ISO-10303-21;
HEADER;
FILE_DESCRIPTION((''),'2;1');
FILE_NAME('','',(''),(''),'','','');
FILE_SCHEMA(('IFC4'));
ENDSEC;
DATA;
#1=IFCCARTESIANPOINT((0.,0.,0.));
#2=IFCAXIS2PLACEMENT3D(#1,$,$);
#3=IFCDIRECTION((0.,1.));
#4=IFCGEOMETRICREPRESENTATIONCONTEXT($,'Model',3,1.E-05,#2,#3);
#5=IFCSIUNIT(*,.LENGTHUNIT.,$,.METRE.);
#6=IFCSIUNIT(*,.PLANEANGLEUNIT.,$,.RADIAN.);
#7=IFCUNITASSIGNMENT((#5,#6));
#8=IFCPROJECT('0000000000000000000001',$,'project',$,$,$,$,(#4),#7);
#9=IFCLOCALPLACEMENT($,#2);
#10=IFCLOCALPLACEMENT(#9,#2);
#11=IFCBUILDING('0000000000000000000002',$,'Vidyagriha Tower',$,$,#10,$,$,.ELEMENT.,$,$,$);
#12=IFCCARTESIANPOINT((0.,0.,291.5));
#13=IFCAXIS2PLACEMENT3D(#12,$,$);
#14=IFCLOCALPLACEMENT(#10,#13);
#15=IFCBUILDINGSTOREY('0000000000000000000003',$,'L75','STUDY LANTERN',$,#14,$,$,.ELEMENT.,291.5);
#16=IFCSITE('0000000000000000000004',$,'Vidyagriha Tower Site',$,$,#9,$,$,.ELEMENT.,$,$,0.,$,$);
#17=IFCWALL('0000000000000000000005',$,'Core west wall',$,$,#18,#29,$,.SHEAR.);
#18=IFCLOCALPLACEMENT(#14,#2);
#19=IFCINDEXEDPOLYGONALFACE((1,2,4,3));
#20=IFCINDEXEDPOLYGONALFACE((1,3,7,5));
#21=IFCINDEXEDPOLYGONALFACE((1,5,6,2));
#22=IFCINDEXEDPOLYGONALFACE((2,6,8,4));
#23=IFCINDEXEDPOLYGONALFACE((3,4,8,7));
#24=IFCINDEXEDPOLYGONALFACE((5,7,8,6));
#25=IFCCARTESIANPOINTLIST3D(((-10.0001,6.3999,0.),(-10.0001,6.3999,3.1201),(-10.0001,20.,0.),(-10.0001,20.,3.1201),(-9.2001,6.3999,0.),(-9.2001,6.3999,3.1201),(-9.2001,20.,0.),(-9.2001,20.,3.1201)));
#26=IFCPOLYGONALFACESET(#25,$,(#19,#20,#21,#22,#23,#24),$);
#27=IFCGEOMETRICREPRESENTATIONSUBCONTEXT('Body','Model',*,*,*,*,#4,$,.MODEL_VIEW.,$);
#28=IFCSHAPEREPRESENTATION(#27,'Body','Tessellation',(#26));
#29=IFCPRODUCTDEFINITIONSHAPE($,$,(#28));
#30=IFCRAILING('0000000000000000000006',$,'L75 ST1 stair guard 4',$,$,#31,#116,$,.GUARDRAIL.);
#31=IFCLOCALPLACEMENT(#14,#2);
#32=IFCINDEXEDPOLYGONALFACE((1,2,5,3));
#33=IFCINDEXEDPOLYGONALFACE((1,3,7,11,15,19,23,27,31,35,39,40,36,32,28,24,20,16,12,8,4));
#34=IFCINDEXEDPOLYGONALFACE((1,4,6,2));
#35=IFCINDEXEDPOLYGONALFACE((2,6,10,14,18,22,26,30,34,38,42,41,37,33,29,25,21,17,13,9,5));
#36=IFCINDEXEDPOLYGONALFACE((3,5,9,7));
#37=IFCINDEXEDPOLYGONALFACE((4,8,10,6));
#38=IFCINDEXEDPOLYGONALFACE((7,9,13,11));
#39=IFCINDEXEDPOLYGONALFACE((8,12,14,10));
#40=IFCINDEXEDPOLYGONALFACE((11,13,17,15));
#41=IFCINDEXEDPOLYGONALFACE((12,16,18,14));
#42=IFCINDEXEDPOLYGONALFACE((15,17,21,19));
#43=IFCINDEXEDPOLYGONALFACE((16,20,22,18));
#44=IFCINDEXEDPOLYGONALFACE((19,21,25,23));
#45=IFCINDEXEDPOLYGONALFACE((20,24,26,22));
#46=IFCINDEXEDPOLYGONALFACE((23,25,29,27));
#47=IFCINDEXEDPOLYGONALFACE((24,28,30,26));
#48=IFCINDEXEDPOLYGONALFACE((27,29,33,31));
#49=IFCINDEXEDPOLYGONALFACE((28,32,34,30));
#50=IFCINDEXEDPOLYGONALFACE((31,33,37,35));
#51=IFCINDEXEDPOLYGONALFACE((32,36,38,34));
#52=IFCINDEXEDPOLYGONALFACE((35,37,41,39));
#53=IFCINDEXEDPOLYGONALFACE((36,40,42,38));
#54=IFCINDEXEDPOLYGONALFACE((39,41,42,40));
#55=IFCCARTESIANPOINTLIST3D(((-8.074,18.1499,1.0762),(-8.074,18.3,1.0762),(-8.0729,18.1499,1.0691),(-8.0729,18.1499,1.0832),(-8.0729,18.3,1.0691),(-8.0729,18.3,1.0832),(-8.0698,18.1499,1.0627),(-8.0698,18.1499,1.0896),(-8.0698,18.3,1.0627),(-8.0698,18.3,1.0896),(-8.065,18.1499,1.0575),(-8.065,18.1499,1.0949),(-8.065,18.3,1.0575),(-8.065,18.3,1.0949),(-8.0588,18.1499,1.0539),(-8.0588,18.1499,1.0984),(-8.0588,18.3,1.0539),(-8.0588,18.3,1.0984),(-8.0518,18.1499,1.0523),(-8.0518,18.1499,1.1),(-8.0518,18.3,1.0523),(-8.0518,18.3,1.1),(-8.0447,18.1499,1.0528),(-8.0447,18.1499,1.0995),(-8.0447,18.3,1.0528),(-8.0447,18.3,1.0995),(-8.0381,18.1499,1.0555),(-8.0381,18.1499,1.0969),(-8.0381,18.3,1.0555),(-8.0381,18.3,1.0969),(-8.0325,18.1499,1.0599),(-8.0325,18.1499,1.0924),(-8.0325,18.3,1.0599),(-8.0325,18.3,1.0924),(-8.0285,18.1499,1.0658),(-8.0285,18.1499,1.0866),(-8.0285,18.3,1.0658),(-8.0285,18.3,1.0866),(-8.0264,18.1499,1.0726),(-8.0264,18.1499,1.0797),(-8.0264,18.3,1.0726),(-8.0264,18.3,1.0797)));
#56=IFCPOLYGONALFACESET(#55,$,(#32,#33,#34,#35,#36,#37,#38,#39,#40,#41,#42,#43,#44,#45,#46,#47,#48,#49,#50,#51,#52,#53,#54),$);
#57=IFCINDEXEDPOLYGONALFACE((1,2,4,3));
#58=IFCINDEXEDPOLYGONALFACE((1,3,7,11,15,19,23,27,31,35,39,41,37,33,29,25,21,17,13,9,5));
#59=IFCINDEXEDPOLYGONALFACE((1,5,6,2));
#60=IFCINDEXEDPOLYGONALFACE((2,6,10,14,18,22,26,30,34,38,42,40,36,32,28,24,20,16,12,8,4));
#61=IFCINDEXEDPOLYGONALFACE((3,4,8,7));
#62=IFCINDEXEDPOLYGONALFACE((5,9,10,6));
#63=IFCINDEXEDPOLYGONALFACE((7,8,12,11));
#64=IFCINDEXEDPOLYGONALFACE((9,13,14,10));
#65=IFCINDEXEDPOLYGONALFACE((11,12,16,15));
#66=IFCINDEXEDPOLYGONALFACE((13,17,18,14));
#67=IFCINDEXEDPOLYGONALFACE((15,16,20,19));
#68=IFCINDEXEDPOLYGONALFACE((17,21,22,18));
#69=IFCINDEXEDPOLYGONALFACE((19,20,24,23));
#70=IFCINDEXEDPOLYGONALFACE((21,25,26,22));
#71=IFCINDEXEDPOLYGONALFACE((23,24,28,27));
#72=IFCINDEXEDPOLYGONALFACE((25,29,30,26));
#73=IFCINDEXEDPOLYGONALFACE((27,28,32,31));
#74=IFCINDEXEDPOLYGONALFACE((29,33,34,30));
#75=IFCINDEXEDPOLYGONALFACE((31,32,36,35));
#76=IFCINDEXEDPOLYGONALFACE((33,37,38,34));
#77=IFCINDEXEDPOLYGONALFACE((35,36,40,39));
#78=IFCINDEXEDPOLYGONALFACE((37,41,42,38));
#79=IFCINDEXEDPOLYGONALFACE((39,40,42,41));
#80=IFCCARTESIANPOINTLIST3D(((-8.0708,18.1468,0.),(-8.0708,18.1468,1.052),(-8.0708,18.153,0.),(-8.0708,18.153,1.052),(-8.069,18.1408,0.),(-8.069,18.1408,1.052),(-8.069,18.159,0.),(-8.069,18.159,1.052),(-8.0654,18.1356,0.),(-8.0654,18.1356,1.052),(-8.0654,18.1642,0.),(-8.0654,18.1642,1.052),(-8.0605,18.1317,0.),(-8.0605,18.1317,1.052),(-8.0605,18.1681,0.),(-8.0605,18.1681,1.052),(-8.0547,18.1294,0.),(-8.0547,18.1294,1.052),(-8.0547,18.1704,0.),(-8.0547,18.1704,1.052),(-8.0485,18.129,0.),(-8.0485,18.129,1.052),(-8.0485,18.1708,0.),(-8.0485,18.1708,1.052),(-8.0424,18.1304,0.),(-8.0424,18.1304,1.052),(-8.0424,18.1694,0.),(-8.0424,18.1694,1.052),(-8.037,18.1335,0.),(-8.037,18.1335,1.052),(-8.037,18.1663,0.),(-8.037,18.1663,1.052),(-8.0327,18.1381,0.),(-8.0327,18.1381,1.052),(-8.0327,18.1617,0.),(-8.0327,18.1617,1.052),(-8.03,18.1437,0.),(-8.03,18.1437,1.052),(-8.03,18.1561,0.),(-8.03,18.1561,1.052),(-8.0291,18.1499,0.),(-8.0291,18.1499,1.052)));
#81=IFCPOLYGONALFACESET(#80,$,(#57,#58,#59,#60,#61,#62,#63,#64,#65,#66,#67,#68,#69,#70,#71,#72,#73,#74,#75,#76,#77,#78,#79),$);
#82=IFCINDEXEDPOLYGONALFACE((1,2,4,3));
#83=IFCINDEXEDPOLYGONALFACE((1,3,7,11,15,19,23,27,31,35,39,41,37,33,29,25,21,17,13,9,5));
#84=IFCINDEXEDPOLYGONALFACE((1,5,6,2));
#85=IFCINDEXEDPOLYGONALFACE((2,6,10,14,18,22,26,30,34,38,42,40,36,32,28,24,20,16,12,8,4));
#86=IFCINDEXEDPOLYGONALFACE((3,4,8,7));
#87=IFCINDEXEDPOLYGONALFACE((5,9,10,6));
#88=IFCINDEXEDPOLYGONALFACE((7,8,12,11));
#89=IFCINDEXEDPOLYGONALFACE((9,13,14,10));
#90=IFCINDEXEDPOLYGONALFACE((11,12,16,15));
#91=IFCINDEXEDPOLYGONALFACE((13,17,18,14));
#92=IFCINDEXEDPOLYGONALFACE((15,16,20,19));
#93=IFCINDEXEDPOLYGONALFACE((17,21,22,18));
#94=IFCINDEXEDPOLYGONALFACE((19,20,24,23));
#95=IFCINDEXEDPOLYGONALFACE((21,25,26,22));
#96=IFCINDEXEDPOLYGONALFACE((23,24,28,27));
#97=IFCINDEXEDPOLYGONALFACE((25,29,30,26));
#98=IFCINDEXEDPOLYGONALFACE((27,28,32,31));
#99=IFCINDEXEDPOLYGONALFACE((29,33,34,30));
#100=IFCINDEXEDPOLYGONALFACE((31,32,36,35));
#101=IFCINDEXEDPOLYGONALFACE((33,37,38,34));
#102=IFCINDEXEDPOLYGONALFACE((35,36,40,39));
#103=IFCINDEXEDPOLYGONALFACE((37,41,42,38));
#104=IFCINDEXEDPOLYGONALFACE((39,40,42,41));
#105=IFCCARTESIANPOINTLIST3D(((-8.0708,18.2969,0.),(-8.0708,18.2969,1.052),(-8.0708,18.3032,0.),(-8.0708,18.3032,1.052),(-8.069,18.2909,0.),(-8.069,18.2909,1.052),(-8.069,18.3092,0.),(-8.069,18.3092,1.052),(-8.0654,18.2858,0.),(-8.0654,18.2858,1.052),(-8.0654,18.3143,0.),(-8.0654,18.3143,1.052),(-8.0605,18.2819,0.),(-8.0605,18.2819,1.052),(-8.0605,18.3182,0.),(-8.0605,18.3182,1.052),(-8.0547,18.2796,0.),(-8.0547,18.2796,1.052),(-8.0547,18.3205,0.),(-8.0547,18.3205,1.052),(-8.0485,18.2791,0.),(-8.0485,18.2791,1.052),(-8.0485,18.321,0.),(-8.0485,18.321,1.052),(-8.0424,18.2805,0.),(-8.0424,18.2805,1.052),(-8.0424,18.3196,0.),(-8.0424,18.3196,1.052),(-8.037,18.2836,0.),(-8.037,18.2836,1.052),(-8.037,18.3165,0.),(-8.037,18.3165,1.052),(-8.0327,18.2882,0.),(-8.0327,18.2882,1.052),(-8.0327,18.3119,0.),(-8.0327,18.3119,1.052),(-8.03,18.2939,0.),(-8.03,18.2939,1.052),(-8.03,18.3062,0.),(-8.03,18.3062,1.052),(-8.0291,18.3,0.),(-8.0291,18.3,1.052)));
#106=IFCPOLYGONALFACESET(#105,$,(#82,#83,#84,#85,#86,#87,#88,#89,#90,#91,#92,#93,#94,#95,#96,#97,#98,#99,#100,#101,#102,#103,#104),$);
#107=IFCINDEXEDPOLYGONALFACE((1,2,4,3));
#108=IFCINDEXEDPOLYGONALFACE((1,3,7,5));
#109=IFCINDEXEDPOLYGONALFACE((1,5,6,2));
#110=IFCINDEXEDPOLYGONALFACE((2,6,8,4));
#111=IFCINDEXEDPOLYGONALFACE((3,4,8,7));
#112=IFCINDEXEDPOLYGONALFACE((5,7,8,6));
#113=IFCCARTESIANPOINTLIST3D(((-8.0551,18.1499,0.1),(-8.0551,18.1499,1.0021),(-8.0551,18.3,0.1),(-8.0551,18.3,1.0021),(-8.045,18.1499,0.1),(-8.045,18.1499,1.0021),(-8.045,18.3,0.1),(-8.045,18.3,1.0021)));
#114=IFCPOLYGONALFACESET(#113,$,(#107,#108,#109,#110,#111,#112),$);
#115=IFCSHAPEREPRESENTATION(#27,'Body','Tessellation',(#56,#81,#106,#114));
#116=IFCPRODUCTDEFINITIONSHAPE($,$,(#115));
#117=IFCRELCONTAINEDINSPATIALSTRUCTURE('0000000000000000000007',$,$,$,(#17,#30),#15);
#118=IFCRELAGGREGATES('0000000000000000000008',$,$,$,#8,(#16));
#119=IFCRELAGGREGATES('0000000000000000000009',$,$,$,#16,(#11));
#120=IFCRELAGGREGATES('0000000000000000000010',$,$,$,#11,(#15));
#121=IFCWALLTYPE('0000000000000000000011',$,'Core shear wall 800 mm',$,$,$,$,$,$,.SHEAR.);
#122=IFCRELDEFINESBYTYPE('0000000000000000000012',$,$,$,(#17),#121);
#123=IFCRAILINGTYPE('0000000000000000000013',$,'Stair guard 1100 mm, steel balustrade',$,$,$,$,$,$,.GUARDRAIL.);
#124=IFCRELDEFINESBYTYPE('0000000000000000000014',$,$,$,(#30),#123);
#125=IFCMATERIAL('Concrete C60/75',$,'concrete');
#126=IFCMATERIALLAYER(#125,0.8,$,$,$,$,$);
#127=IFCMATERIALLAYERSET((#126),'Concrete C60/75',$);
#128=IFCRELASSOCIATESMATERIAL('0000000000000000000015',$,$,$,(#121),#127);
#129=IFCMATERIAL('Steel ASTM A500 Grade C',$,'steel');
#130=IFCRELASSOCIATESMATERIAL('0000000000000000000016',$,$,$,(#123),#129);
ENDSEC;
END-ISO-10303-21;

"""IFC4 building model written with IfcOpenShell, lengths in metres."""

from ifc_helpers import new_model, si_unit, direction, frame, frame_2d, origin, origin_2d, place, context, subcontext, project, spatial, rectangle, circle, extrude, material, layer, layer_set, type_object, element, save


model = new_model("IFC4")

# Units and contexts
model_context = context("Model", 3, precision=1e-05, world=origin(), true_north=direction((0.0, 1.0)))
body_context = subcontext(model_context, "Body", "Model", "MODEL_VIEW")
ifc_project = project(units=[si_unit("LENGTHUNIT", "METRE"), si_unit("PLANEANGLEUNIT", "RADIAN")], contexts=[model_context])

# Site, building, storey
site_placement = place(None, origin())
site = spatial("IfcSite", under=ifc_project, at=site_placement, Name="Vidyagriha Tower Site", CompositionType="ELEMENT", RefElevation=0.0)
building_placement = place(site_placement, origin())
building = spatial("IfcBuilding", under=site, at=building_placement, Name="Vidyagriha Tower", CompositionType="ELEMENT")
storey_placement = place(building_placement, frame((0.0, 0.0, 291.5)))
storey = spatial("IfcBuildingStorey", under=building, at=storey_placement, Name="L75", Description="STUDY LANTERN", CompositionType="ELEMENT", Elevation=291.5)

# Wall
ifc_material_1 = material(Name="Concrete C60/75", Category="concrete")
ifc_layer_1 = layer(ifc_material_1, 0.8)
ifc_layer_set_1 = layer_set([ifc_layer_1], Name="Concrete C60/75")
wall_type_1 = type_object("IfcWallType", Name="Core shear wall 800 mm", PredefinedType="SHEAR", material=ifc_layer_set_1)
wall_1_placement = place(storey_placement, frame((-9.6001, 6.3999, 0.0), z_axis=(0.0, 0.0, 1.0), x_axis=(0.0, 1.0, 0.0)))
element("IfcWall", 1, at=wall_1_placement, inside=storey, type_object=wall_type_1, Name="Core west wall", PredefinedType="SHEAR", context=body_context, shape_type="SweptSolid", body=[
    extrude(rectangle(XDim=13.6001, YDim=0.8, at=frame_2d((6.8, 0.0))), origin(), (0.0, 0.0, 1.0), 3.1201),
])

# Railing
ifc_material_2 = material(Name="Steel ASTM A500 Grade C", Category="steel")
railing_type_1 = type_object("IfcRailingType", Name="Stair guard 1100 mm, steel balustrade", PredefinedType="GUARDRAIL", material=ifc_material_2)
railing_1_placement = place(storey_placement, frame((-8.05, 18.1499, 0.0)))
element("IfcRailing", 2, at=railing_1_placement, inside=storey, type_object=railing_type_1, Name="L75 ST1 stair guard 4", PredefinedType="GUARDRAIL", context=body_context, shape_type="SweptSolid", body=[
    extrude(circle(Radius=0.0239, at=origin_2d()), frame((0.0, 0.0, 1.0762), z_axis=(0.0, 1.0, 0.0), x_axis=(-1.0, 0.0, 0.0)), (0.0, 0.0, 1.0), 0.1501),
    extrude(circle(Radius=0.021, at=origin_2d()), origin(), (0.0, 0.0, 1.0), 1.052),
    extrude(circle(Radius=0.021, at=origin_2d()), frame((0.0, 0.1501, 0.0)), (0.0, 0.0, 1.0), 1.052),
    extrude(rectangle(XDim=0.01, YDim=0.9021, at=origin_2d()), frame((0.0, 0.0, 0.551), z_axis=(0.0, 1.0, 0.0), x_axis=(-1.0, 0.0, 0.0)), (0.0, 0.0, 1.0), 0.1501),
])

save(model, "model.ifc")
